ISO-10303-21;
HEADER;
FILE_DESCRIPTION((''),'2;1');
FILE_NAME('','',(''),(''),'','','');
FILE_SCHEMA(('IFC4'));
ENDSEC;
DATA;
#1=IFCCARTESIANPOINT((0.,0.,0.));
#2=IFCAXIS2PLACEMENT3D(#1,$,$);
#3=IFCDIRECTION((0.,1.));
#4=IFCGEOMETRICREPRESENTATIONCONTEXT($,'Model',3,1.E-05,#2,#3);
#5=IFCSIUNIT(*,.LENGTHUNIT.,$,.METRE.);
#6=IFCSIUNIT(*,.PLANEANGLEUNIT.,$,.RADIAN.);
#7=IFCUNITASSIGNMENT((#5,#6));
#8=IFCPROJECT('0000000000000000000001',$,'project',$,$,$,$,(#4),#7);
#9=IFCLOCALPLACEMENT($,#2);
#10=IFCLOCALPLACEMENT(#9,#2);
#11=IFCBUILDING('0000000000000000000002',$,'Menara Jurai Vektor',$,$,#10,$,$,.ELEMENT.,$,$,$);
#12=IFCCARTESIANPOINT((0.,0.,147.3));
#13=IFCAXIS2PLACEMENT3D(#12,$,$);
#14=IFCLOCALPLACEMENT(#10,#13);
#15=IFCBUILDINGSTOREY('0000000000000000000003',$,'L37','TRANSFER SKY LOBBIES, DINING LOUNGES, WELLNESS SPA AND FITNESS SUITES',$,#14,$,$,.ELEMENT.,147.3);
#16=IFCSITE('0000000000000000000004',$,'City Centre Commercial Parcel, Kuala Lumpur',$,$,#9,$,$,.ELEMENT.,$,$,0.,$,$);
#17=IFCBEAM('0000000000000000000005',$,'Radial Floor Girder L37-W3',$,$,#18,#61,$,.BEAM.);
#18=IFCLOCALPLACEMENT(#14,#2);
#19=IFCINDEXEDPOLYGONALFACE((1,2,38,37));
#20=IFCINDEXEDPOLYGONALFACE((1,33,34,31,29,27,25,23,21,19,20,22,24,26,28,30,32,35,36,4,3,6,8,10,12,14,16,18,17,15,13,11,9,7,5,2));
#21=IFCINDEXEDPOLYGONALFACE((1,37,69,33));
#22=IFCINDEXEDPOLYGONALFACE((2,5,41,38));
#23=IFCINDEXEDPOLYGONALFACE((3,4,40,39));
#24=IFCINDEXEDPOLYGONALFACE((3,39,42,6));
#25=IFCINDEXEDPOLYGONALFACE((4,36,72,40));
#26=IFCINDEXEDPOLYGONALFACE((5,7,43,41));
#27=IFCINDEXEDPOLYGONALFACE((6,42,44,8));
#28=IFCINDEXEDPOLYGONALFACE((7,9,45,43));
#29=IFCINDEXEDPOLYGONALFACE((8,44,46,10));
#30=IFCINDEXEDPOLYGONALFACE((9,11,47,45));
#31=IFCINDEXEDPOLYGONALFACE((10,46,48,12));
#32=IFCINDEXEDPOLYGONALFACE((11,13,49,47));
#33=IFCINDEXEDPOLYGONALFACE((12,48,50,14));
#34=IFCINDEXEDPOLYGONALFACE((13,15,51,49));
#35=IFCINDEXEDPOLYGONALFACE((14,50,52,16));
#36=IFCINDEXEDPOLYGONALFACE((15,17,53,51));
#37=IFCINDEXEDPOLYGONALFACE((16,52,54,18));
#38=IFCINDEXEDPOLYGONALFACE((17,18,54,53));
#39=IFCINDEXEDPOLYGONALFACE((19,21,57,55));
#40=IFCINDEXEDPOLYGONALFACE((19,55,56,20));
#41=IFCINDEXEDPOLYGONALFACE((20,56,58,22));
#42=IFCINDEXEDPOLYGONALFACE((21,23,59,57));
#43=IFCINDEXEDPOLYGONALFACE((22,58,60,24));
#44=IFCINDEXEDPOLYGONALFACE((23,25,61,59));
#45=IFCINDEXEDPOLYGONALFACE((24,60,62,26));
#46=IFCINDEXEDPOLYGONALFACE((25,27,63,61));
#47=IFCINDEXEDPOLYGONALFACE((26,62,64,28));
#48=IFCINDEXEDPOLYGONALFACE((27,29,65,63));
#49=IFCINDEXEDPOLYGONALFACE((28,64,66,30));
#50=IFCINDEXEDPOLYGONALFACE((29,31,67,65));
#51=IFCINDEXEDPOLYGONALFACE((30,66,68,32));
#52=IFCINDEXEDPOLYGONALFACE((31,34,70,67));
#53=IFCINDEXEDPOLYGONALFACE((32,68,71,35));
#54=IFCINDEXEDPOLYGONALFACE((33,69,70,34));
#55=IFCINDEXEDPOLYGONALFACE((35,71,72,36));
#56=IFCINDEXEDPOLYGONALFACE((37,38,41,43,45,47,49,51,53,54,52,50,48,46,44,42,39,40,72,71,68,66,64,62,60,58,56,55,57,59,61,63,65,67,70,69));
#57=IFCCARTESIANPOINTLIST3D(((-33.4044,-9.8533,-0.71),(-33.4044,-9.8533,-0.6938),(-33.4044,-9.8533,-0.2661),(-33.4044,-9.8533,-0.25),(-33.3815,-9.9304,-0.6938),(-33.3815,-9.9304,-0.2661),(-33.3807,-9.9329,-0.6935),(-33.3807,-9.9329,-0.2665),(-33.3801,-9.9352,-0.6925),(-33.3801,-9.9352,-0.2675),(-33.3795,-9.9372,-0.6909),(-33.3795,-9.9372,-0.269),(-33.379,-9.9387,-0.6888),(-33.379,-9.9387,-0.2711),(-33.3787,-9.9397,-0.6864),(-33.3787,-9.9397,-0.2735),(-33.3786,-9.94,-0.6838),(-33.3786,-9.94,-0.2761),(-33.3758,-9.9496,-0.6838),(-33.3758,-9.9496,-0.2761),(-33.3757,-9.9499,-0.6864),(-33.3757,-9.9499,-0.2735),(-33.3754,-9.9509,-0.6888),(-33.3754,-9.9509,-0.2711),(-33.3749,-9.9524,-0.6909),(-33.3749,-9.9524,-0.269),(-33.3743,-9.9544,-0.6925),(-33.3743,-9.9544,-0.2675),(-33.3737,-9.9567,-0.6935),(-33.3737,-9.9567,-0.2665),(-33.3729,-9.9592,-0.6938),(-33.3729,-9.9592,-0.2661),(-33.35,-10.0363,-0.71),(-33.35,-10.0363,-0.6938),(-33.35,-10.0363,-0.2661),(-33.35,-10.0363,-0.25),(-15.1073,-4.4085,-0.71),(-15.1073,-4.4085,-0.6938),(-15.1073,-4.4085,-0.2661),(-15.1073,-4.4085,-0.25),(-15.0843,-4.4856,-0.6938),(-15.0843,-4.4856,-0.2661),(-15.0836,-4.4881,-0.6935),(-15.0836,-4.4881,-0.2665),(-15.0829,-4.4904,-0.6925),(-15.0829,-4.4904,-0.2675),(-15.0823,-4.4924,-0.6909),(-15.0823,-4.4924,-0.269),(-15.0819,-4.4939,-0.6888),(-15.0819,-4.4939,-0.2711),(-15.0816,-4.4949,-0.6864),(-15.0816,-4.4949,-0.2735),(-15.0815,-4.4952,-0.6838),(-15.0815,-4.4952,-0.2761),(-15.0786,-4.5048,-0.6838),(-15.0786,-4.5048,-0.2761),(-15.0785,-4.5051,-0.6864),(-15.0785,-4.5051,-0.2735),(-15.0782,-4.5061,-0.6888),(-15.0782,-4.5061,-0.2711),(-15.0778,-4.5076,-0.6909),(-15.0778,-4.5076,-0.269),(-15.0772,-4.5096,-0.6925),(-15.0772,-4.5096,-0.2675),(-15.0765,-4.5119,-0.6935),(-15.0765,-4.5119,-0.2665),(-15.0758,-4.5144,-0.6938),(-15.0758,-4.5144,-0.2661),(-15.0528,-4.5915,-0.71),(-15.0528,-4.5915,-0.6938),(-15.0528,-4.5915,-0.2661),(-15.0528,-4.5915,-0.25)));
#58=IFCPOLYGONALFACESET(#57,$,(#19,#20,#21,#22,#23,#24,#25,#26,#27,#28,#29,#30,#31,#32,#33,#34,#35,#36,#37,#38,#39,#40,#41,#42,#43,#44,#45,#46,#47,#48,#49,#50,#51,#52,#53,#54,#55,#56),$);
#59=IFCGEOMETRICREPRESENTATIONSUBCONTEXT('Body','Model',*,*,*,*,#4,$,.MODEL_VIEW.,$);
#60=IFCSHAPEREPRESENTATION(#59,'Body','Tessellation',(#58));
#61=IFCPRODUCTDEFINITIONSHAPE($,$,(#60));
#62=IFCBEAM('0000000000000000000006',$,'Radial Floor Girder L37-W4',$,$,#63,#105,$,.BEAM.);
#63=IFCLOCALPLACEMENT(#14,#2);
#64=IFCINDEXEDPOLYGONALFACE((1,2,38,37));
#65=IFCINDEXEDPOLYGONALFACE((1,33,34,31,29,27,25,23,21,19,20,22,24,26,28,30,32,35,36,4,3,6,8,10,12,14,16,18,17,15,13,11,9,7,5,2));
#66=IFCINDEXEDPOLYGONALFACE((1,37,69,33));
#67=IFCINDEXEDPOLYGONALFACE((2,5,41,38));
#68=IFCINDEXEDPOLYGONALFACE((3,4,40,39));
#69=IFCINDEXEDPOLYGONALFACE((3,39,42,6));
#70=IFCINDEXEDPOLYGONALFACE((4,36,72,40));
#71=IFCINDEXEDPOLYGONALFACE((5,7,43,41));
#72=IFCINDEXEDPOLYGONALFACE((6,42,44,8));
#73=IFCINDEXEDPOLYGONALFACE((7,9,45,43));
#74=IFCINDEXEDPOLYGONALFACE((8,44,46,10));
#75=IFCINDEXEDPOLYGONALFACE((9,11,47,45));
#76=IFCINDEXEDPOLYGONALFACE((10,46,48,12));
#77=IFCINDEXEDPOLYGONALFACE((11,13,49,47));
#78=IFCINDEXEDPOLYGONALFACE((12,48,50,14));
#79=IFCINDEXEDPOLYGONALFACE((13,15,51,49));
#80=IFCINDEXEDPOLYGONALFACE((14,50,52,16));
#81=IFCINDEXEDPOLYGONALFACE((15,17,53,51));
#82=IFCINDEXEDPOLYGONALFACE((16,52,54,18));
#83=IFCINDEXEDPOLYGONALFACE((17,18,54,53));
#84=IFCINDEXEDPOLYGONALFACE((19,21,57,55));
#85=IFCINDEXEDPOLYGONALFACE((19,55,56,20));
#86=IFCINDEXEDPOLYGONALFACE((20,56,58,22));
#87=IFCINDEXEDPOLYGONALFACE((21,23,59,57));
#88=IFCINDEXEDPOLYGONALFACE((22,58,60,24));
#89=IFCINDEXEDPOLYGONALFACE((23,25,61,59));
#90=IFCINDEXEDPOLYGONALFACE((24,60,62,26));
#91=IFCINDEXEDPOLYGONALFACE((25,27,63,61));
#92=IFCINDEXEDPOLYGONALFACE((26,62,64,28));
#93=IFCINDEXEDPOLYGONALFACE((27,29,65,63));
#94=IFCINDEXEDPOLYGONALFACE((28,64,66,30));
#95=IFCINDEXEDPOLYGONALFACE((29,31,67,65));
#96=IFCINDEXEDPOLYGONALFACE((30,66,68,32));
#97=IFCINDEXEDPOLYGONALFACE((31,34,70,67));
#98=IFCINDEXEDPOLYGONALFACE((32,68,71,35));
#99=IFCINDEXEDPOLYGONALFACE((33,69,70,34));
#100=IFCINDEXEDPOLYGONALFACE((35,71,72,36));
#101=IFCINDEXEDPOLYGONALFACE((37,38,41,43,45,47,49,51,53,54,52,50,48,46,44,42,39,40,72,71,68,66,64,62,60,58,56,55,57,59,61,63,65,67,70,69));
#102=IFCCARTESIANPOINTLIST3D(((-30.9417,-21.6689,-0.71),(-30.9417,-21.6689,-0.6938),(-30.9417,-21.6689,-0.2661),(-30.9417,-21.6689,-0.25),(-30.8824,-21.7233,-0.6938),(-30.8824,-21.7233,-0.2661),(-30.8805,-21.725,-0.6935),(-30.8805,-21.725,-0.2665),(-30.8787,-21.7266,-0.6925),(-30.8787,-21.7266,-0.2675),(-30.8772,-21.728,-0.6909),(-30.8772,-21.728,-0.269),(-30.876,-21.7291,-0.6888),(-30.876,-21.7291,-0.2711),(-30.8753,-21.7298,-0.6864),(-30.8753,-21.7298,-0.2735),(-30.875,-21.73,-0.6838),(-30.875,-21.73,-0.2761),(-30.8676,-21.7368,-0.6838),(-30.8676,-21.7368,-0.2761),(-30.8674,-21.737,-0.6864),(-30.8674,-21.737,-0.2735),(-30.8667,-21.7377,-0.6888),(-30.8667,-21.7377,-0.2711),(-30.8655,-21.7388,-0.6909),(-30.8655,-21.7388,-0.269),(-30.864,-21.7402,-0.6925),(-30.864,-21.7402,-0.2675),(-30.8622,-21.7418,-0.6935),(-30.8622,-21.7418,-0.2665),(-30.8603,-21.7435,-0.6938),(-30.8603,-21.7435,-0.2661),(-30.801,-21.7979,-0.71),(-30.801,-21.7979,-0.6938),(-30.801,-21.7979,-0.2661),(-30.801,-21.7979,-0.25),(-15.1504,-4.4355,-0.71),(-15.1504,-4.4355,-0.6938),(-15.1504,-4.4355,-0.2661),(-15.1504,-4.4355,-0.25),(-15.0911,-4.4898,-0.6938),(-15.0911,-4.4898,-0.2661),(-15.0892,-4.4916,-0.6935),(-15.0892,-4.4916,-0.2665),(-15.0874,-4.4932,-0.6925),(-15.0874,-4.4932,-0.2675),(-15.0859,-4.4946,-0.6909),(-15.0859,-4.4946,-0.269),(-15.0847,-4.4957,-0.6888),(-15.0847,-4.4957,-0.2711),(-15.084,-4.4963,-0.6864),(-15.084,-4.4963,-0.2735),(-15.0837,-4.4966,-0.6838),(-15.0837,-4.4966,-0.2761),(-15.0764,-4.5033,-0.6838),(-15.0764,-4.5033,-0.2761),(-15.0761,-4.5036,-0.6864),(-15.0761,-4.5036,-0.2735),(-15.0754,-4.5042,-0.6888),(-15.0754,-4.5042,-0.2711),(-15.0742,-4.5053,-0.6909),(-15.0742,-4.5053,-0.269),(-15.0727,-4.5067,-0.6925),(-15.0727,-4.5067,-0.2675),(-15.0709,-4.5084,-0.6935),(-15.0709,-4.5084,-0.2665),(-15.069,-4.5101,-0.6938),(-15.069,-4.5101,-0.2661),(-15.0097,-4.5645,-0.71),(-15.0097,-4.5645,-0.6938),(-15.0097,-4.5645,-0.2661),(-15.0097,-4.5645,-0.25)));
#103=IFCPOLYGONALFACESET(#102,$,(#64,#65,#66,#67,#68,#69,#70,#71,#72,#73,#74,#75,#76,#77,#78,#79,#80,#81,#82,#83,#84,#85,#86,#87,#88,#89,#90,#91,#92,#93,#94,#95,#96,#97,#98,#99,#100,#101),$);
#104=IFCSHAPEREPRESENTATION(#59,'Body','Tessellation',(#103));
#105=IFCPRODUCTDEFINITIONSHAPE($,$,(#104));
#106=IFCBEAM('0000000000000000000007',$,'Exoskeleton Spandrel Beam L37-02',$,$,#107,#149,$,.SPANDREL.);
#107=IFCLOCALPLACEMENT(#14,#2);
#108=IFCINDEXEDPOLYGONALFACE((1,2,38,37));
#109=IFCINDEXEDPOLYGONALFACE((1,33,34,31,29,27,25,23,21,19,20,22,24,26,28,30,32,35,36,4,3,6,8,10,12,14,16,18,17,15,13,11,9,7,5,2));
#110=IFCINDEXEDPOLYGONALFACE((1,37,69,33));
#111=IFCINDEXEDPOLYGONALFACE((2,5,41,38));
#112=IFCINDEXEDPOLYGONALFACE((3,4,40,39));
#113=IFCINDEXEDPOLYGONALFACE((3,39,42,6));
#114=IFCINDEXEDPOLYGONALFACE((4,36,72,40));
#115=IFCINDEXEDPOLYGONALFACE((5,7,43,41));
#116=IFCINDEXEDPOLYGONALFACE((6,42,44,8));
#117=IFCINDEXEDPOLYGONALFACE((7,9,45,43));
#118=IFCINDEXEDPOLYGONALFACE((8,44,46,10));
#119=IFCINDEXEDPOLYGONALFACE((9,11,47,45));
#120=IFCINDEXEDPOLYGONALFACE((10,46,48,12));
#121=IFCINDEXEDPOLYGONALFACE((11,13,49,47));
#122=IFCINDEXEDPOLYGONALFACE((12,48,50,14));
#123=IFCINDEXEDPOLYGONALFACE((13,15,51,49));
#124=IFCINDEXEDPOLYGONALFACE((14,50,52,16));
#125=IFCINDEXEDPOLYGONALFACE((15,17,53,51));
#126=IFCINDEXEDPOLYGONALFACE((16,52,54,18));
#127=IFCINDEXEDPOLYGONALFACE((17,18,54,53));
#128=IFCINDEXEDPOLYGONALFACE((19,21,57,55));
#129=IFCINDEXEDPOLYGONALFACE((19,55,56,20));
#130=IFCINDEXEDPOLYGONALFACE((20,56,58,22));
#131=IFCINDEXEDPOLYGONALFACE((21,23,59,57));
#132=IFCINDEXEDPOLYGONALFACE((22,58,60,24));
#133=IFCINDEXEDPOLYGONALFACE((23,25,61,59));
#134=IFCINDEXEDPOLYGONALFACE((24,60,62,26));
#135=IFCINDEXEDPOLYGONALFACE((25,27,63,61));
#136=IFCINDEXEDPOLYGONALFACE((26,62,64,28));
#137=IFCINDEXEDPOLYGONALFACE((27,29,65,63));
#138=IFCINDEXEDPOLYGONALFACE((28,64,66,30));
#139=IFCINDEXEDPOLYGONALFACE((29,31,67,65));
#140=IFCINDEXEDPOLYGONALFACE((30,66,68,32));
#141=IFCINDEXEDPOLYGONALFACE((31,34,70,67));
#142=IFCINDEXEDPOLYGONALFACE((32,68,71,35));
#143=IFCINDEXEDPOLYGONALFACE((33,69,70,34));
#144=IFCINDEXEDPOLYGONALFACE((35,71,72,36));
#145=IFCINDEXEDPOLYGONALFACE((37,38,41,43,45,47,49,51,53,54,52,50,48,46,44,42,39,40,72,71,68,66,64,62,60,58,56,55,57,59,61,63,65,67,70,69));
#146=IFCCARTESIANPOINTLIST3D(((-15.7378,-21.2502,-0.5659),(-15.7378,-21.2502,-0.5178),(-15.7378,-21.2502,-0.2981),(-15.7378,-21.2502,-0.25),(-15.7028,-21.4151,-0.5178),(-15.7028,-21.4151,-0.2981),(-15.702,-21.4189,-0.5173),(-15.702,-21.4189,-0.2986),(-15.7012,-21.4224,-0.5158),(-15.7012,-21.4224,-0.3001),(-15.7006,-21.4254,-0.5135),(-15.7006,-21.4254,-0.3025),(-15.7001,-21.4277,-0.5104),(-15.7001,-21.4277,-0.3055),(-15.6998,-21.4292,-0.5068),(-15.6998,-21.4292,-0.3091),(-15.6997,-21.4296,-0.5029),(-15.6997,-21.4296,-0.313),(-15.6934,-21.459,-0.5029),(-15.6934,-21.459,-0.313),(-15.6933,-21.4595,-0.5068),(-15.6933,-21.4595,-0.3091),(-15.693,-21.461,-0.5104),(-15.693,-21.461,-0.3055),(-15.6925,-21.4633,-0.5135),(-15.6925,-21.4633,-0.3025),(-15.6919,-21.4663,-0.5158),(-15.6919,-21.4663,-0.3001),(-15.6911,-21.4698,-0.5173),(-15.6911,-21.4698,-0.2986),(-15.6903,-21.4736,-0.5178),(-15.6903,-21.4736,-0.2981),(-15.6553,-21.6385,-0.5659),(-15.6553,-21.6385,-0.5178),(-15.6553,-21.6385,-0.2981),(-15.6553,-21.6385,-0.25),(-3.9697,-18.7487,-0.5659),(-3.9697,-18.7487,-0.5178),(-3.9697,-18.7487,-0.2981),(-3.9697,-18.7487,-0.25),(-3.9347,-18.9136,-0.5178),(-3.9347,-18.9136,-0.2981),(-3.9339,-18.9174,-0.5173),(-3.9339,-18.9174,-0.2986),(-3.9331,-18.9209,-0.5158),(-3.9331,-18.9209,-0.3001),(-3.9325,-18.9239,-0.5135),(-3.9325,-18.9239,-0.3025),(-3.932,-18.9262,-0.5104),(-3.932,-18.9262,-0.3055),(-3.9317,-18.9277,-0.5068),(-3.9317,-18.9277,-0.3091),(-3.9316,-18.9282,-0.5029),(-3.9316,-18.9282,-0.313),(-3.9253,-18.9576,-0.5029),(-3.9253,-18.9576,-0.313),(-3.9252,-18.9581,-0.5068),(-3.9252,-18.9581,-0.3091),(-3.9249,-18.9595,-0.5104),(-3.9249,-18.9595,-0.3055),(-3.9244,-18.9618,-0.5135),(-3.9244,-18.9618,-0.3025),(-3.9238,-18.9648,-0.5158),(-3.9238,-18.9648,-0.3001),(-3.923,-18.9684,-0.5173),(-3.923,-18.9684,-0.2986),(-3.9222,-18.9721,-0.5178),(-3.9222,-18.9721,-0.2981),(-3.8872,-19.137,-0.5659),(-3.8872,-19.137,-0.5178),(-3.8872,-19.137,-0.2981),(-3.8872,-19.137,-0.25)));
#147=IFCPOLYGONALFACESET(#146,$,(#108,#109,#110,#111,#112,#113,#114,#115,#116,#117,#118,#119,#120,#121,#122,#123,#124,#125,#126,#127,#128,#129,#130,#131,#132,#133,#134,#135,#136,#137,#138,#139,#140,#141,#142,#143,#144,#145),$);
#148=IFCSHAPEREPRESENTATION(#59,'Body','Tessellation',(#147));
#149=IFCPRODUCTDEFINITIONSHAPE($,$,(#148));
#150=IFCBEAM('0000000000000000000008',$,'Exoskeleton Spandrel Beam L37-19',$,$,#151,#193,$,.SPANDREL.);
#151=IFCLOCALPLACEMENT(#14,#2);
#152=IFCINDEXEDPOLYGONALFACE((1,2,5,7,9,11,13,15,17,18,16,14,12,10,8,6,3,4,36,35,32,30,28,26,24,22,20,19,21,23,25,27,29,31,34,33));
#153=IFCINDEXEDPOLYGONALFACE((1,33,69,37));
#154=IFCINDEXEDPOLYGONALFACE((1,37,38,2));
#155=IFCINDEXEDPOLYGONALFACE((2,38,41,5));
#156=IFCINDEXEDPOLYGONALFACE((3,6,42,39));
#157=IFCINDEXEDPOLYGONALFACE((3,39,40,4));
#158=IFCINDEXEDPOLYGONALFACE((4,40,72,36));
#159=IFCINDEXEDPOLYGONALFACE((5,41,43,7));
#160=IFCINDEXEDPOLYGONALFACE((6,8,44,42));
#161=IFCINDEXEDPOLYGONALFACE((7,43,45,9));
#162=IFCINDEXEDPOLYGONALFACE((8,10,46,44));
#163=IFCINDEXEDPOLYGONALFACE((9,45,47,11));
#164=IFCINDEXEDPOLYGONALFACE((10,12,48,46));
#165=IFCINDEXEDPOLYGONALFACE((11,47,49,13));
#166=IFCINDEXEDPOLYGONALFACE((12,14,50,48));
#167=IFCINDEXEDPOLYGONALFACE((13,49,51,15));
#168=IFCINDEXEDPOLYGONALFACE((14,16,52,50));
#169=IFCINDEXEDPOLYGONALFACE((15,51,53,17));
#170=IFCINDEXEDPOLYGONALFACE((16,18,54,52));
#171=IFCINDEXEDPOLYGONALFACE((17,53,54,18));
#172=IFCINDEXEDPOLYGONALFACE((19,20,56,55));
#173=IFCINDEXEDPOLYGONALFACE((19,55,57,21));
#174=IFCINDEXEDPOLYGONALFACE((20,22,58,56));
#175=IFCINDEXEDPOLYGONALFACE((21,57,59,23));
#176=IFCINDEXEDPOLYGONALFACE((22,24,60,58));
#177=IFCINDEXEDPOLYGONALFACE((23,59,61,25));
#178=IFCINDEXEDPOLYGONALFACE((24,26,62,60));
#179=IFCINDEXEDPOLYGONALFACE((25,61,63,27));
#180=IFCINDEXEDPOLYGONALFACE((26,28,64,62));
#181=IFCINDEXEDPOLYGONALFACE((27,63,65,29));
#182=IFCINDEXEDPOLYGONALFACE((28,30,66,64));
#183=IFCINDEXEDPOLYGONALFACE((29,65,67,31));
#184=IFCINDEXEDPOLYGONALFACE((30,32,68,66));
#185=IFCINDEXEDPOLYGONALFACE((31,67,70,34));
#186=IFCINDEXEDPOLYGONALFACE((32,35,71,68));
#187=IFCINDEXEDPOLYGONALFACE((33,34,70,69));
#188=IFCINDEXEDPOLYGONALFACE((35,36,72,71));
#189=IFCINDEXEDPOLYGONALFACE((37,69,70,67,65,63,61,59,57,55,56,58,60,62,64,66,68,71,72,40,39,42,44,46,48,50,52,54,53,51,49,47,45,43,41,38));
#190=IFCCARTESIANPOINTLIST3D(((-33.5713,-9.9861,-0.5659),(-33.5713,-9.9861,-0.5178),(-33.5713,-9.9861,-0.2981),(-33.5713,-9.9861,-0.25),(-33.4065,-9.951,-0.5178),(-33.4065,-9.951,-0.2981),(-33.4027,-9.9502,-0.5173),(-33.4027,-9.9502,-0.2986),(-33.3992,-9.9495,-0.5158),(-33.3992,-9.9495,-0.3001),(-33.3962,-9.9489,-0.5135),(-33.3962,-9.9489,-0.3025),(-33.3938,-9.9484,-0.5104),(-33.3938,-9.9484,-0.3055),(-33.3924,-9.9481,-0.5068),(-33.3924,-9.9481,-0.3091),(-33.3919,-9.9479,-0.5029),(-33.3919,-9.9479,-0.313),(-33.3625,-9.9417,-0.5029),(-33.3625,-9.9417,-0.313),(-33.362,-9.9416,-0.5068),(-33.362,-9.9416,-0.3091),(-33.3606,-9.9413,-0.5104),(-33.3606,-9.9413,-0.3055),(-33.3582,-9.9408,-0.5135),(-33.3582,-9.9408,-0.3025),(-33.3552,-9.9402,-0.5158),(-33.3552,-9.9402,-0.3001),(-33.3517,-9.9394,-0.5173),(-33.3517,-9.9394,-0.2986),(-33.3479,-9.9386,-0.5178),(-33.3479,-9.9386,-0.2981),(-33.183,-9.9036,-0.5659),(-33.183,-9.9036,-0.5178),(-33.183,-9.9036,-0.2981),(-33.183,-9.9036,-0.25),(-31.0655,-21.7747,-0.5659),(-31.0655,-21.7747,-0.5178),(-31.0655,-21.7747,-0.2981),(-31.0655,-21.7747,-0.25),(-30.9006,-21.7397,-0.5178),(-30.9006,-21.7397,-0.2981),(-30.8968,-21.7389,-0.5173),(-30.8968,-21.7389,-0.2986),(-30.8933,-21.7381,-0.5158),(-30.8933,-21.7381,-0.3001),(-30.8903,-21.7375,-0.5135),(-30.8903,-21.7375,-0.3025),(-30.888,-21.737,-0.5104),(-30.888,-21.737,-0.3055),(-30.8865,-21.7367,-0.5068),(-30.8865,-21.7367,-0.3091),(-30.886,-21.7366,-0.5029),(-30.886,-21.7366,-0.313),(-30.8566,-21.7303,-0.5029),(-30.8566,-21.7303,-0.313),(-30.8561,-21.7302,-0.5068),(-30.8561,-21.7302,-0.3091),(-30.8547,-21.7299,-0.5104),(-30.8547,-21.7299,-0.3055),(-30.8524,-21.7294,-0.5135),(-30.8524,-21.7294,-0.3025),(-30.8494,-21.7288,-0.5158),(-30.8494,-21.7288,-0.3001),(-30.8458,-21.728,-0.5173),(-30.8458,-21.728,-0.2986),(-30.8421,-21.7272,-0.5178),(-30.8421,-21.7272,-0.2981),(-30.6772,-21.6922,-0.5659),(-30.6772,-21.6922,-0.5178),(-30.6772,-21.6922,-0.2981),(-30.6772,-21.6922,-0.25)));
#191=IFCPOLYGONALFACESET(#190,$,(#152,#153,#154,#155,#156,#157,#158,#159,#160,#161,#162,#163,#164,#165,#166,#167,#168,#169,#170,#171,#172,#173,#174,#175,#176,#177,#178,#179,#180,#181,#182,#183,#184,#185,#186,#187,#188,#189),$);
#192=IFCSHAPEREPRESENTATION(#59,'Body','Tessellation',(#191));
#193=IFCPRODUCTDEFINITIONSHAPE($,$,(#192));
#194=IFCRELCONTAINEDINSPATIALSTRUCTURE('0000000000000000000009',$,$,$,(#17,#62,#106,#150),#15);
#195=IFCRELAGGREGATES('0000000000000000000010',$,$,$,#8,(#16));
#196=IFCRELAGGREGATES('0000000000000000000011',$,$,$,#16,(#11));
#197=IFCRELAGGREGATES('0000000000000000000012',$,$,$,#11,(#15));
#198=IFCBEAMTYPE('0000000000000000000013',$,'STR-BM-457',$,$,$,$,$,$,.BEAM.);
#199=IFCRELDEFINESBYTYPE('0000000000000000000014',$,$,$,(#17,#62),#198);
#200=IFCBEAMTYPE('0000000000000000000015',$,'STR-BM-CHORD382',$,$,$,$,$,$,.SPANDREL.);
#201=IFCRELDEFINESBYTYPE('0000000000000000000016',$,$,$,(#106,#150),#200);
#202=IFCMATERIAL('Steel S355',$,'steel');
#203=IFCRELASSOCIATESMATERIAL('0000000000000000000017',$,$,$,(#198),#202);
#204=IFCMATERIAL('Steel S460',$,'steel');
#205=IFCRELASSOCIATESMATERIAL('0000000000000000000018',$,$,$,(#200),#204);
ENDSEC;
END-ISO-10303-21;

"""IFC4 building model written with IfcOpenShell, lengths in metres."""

from ifc_helpers import new_model, si_unit, direction, frame, origin, origin_2d, place, context, subcontext, project, spatial, i_section, extrude, material, material_profile, profile_set, type_object, element, save


model = new_model("IFC4")

# Units and contexts
model_context = context("Model", 3, precision=1e-05, world=origin(), true_north=direction((0.0, 1.0)))
body_context = subcontext(model_context, "Body", "Model", "MODEL_VIEW")
ifc_project = project(units=[si_unit("LENGTHUNIT", "METRE"), si_unit("PLANEANGLEUNIT", "RADIAN")], contexts=[model_context])

# Site, building, storey
site_placement = place(None, origin())
site = spatial("IfcSite", under=ifc_project, at=site_placement, Name="City Centre Commercial Parcel, Kuala Lumpur", CompositionType="ELEMENT", RefElevation=0.0)
building_placement = place(site_placement, origin())
building = spatial("IfcBuilding", under=site, at=building_placement, Name="Menara Jurai Vektor", CompositionType="ELEMENT")
storey_placement = place(building_placement, frame((0.0, 0.0, 147.3)))
storey = spatial("IfcBuildingStorey", under=building, at=storey_placement, Name="L37", Description="TRANSFER SKY LOBBIES, DINING LOUNGES, WELLNESS SPA AND FITNESS SUITES", CompositionType="ELEMENT", Elevation=147.3)

# Shared definitions
ifc_material_1 = material(Name="Steel S460", Category="steel")

# Beams
ifc_material_2 = material(Name="Steel S355", Category="steel")
ifc_material_profile_1 = material_profile(ifc_material_2, i_section(OverallWidth=0.1909, OverallDepth=0.46, WebThickness=0.01, FlangeThickness=0.0161, FilletRadius=0.01, at=origin_2d()), Name="UKB 457x191x82")
ifc_profile_set_1 = profile_set([ifc_material_profile_1], Name="Steel S355")
beam_type_1 = type_object("IfcBeamType", Name="STR-BM-457", PredefinedType="BEAM", material=ifc_profile_set_1)
beam_1_placement = place(storey_placement, frame((-33.3772, -9.9448, -0.48), z_axis=(0.958463, 0.285218, 0.0), x_axis=(-0.285218, 0.958463, 0.0)))
element("IfcBeam", 1, at=beam_1_placement, inside=storey, type_object=beam_type_1, Name="Radial Floor Girder L37-W3", PredefinedType="BEAM", context=body_context, shape_type="SweptSolid", body=[
    extrude(i_section(OverallWidth=0.1909, OverallDepth=0.46, WebThickness=0.01, FlangeThickness=0.0161, FilletRadius=0.01, at=origin_2d()), origin(), (0.0, 0.0, 1.0), 19.0901),
])
beam_2_placement = place(storey_placement, frame((-30.8713, -21.7334, -0.48), z_axis=(0.675585, 0.737282, 0.0), x_axis=(-0.737282, 0.675585, 0.0)))
element("IfcBeam", 2, at=beam_2_placement, inside=storey, type_object=beam_type_1, Name="Radial Floor Girder L37-W4", PredefinedType="BEAM", context=body_context, shape_type="SweptSolid", body=[
    extrude(i_section(OverallWidth=0.1909, OverallDepth=0.46, WebThickness=0.01, FlangeThickness=0.0161, FilletRadius=0.01, at=origin_2d()), origin(), (0.0, 0.0, 1.0), 23.3743),
])
ifc_material_profile_2 = material_profile(ifc_material_1, i_section(OverallWidth=0.397, OverallDepth=0.3159, WebThickness=0.03, FlangeThickness=0.0481, FilletRadius=0.0149, at=origin_2d()), Name="HD 400x382")
ifc_profile_set_2 = profile_set([ifc_material_profile_2], Name="Steel S460")
beam_type_2 = type_object("IfcBeamType", Name="STR-BM-CHORD382", PredefinedType="SPANDREL", material=ifc_profile_set_2)
beam_3_placement = place(storey_placement, frame((-15.6965, -21.4443, -0.408), z_axis=(0.978146, 0.207918, 0.0), x_axis=(-0.207918, 0.978146, 0.0)))
element("IfcBeam", 3, at=beam_3_placement, inside=storey, type_object=beam_type_2, Name="Exoskeleton Spandrel Beam L37-02", PredefinedType="SPANDREL", context=body_context, shape_type="SweptSolid", body=[
    extrude(i_section(OverallWidth=0.397, OverallDepth=0.3159, WebThickness=0.03, FlangeThickness=0.0481, FilletRadius=0.0149, at=origin_2d()), origin(), (0.0, 0.0, 1.0), 12.031),
])
beam_4_placement = place(storey_placement, frame((-33.3772, -9.9448, -0.408), z_axis=(0.207921, -0.978146, 0.0), x_axis=(0.978146, 0.207921, 0.0)))
element("IfcBeam", 4, at=beam_4_placement, inside=storey, type_object=beam_type_2, Name="Exoskeleton Spandrel Beam L37-19", PredefinedType="SPANDREL", context=body_context, shape_type="SweptSolid", body=[
    extrude(i_section(OverallWidth=0.397, OverallDepth=0.3159, WebThickness=0.03, FlangeThickness=0.0481, FilletRadius=0.0149, at=origin_2d()), origin(), (0.0, 0.0, 1.0), 12.052),
])

save(model, "model.ifc")
